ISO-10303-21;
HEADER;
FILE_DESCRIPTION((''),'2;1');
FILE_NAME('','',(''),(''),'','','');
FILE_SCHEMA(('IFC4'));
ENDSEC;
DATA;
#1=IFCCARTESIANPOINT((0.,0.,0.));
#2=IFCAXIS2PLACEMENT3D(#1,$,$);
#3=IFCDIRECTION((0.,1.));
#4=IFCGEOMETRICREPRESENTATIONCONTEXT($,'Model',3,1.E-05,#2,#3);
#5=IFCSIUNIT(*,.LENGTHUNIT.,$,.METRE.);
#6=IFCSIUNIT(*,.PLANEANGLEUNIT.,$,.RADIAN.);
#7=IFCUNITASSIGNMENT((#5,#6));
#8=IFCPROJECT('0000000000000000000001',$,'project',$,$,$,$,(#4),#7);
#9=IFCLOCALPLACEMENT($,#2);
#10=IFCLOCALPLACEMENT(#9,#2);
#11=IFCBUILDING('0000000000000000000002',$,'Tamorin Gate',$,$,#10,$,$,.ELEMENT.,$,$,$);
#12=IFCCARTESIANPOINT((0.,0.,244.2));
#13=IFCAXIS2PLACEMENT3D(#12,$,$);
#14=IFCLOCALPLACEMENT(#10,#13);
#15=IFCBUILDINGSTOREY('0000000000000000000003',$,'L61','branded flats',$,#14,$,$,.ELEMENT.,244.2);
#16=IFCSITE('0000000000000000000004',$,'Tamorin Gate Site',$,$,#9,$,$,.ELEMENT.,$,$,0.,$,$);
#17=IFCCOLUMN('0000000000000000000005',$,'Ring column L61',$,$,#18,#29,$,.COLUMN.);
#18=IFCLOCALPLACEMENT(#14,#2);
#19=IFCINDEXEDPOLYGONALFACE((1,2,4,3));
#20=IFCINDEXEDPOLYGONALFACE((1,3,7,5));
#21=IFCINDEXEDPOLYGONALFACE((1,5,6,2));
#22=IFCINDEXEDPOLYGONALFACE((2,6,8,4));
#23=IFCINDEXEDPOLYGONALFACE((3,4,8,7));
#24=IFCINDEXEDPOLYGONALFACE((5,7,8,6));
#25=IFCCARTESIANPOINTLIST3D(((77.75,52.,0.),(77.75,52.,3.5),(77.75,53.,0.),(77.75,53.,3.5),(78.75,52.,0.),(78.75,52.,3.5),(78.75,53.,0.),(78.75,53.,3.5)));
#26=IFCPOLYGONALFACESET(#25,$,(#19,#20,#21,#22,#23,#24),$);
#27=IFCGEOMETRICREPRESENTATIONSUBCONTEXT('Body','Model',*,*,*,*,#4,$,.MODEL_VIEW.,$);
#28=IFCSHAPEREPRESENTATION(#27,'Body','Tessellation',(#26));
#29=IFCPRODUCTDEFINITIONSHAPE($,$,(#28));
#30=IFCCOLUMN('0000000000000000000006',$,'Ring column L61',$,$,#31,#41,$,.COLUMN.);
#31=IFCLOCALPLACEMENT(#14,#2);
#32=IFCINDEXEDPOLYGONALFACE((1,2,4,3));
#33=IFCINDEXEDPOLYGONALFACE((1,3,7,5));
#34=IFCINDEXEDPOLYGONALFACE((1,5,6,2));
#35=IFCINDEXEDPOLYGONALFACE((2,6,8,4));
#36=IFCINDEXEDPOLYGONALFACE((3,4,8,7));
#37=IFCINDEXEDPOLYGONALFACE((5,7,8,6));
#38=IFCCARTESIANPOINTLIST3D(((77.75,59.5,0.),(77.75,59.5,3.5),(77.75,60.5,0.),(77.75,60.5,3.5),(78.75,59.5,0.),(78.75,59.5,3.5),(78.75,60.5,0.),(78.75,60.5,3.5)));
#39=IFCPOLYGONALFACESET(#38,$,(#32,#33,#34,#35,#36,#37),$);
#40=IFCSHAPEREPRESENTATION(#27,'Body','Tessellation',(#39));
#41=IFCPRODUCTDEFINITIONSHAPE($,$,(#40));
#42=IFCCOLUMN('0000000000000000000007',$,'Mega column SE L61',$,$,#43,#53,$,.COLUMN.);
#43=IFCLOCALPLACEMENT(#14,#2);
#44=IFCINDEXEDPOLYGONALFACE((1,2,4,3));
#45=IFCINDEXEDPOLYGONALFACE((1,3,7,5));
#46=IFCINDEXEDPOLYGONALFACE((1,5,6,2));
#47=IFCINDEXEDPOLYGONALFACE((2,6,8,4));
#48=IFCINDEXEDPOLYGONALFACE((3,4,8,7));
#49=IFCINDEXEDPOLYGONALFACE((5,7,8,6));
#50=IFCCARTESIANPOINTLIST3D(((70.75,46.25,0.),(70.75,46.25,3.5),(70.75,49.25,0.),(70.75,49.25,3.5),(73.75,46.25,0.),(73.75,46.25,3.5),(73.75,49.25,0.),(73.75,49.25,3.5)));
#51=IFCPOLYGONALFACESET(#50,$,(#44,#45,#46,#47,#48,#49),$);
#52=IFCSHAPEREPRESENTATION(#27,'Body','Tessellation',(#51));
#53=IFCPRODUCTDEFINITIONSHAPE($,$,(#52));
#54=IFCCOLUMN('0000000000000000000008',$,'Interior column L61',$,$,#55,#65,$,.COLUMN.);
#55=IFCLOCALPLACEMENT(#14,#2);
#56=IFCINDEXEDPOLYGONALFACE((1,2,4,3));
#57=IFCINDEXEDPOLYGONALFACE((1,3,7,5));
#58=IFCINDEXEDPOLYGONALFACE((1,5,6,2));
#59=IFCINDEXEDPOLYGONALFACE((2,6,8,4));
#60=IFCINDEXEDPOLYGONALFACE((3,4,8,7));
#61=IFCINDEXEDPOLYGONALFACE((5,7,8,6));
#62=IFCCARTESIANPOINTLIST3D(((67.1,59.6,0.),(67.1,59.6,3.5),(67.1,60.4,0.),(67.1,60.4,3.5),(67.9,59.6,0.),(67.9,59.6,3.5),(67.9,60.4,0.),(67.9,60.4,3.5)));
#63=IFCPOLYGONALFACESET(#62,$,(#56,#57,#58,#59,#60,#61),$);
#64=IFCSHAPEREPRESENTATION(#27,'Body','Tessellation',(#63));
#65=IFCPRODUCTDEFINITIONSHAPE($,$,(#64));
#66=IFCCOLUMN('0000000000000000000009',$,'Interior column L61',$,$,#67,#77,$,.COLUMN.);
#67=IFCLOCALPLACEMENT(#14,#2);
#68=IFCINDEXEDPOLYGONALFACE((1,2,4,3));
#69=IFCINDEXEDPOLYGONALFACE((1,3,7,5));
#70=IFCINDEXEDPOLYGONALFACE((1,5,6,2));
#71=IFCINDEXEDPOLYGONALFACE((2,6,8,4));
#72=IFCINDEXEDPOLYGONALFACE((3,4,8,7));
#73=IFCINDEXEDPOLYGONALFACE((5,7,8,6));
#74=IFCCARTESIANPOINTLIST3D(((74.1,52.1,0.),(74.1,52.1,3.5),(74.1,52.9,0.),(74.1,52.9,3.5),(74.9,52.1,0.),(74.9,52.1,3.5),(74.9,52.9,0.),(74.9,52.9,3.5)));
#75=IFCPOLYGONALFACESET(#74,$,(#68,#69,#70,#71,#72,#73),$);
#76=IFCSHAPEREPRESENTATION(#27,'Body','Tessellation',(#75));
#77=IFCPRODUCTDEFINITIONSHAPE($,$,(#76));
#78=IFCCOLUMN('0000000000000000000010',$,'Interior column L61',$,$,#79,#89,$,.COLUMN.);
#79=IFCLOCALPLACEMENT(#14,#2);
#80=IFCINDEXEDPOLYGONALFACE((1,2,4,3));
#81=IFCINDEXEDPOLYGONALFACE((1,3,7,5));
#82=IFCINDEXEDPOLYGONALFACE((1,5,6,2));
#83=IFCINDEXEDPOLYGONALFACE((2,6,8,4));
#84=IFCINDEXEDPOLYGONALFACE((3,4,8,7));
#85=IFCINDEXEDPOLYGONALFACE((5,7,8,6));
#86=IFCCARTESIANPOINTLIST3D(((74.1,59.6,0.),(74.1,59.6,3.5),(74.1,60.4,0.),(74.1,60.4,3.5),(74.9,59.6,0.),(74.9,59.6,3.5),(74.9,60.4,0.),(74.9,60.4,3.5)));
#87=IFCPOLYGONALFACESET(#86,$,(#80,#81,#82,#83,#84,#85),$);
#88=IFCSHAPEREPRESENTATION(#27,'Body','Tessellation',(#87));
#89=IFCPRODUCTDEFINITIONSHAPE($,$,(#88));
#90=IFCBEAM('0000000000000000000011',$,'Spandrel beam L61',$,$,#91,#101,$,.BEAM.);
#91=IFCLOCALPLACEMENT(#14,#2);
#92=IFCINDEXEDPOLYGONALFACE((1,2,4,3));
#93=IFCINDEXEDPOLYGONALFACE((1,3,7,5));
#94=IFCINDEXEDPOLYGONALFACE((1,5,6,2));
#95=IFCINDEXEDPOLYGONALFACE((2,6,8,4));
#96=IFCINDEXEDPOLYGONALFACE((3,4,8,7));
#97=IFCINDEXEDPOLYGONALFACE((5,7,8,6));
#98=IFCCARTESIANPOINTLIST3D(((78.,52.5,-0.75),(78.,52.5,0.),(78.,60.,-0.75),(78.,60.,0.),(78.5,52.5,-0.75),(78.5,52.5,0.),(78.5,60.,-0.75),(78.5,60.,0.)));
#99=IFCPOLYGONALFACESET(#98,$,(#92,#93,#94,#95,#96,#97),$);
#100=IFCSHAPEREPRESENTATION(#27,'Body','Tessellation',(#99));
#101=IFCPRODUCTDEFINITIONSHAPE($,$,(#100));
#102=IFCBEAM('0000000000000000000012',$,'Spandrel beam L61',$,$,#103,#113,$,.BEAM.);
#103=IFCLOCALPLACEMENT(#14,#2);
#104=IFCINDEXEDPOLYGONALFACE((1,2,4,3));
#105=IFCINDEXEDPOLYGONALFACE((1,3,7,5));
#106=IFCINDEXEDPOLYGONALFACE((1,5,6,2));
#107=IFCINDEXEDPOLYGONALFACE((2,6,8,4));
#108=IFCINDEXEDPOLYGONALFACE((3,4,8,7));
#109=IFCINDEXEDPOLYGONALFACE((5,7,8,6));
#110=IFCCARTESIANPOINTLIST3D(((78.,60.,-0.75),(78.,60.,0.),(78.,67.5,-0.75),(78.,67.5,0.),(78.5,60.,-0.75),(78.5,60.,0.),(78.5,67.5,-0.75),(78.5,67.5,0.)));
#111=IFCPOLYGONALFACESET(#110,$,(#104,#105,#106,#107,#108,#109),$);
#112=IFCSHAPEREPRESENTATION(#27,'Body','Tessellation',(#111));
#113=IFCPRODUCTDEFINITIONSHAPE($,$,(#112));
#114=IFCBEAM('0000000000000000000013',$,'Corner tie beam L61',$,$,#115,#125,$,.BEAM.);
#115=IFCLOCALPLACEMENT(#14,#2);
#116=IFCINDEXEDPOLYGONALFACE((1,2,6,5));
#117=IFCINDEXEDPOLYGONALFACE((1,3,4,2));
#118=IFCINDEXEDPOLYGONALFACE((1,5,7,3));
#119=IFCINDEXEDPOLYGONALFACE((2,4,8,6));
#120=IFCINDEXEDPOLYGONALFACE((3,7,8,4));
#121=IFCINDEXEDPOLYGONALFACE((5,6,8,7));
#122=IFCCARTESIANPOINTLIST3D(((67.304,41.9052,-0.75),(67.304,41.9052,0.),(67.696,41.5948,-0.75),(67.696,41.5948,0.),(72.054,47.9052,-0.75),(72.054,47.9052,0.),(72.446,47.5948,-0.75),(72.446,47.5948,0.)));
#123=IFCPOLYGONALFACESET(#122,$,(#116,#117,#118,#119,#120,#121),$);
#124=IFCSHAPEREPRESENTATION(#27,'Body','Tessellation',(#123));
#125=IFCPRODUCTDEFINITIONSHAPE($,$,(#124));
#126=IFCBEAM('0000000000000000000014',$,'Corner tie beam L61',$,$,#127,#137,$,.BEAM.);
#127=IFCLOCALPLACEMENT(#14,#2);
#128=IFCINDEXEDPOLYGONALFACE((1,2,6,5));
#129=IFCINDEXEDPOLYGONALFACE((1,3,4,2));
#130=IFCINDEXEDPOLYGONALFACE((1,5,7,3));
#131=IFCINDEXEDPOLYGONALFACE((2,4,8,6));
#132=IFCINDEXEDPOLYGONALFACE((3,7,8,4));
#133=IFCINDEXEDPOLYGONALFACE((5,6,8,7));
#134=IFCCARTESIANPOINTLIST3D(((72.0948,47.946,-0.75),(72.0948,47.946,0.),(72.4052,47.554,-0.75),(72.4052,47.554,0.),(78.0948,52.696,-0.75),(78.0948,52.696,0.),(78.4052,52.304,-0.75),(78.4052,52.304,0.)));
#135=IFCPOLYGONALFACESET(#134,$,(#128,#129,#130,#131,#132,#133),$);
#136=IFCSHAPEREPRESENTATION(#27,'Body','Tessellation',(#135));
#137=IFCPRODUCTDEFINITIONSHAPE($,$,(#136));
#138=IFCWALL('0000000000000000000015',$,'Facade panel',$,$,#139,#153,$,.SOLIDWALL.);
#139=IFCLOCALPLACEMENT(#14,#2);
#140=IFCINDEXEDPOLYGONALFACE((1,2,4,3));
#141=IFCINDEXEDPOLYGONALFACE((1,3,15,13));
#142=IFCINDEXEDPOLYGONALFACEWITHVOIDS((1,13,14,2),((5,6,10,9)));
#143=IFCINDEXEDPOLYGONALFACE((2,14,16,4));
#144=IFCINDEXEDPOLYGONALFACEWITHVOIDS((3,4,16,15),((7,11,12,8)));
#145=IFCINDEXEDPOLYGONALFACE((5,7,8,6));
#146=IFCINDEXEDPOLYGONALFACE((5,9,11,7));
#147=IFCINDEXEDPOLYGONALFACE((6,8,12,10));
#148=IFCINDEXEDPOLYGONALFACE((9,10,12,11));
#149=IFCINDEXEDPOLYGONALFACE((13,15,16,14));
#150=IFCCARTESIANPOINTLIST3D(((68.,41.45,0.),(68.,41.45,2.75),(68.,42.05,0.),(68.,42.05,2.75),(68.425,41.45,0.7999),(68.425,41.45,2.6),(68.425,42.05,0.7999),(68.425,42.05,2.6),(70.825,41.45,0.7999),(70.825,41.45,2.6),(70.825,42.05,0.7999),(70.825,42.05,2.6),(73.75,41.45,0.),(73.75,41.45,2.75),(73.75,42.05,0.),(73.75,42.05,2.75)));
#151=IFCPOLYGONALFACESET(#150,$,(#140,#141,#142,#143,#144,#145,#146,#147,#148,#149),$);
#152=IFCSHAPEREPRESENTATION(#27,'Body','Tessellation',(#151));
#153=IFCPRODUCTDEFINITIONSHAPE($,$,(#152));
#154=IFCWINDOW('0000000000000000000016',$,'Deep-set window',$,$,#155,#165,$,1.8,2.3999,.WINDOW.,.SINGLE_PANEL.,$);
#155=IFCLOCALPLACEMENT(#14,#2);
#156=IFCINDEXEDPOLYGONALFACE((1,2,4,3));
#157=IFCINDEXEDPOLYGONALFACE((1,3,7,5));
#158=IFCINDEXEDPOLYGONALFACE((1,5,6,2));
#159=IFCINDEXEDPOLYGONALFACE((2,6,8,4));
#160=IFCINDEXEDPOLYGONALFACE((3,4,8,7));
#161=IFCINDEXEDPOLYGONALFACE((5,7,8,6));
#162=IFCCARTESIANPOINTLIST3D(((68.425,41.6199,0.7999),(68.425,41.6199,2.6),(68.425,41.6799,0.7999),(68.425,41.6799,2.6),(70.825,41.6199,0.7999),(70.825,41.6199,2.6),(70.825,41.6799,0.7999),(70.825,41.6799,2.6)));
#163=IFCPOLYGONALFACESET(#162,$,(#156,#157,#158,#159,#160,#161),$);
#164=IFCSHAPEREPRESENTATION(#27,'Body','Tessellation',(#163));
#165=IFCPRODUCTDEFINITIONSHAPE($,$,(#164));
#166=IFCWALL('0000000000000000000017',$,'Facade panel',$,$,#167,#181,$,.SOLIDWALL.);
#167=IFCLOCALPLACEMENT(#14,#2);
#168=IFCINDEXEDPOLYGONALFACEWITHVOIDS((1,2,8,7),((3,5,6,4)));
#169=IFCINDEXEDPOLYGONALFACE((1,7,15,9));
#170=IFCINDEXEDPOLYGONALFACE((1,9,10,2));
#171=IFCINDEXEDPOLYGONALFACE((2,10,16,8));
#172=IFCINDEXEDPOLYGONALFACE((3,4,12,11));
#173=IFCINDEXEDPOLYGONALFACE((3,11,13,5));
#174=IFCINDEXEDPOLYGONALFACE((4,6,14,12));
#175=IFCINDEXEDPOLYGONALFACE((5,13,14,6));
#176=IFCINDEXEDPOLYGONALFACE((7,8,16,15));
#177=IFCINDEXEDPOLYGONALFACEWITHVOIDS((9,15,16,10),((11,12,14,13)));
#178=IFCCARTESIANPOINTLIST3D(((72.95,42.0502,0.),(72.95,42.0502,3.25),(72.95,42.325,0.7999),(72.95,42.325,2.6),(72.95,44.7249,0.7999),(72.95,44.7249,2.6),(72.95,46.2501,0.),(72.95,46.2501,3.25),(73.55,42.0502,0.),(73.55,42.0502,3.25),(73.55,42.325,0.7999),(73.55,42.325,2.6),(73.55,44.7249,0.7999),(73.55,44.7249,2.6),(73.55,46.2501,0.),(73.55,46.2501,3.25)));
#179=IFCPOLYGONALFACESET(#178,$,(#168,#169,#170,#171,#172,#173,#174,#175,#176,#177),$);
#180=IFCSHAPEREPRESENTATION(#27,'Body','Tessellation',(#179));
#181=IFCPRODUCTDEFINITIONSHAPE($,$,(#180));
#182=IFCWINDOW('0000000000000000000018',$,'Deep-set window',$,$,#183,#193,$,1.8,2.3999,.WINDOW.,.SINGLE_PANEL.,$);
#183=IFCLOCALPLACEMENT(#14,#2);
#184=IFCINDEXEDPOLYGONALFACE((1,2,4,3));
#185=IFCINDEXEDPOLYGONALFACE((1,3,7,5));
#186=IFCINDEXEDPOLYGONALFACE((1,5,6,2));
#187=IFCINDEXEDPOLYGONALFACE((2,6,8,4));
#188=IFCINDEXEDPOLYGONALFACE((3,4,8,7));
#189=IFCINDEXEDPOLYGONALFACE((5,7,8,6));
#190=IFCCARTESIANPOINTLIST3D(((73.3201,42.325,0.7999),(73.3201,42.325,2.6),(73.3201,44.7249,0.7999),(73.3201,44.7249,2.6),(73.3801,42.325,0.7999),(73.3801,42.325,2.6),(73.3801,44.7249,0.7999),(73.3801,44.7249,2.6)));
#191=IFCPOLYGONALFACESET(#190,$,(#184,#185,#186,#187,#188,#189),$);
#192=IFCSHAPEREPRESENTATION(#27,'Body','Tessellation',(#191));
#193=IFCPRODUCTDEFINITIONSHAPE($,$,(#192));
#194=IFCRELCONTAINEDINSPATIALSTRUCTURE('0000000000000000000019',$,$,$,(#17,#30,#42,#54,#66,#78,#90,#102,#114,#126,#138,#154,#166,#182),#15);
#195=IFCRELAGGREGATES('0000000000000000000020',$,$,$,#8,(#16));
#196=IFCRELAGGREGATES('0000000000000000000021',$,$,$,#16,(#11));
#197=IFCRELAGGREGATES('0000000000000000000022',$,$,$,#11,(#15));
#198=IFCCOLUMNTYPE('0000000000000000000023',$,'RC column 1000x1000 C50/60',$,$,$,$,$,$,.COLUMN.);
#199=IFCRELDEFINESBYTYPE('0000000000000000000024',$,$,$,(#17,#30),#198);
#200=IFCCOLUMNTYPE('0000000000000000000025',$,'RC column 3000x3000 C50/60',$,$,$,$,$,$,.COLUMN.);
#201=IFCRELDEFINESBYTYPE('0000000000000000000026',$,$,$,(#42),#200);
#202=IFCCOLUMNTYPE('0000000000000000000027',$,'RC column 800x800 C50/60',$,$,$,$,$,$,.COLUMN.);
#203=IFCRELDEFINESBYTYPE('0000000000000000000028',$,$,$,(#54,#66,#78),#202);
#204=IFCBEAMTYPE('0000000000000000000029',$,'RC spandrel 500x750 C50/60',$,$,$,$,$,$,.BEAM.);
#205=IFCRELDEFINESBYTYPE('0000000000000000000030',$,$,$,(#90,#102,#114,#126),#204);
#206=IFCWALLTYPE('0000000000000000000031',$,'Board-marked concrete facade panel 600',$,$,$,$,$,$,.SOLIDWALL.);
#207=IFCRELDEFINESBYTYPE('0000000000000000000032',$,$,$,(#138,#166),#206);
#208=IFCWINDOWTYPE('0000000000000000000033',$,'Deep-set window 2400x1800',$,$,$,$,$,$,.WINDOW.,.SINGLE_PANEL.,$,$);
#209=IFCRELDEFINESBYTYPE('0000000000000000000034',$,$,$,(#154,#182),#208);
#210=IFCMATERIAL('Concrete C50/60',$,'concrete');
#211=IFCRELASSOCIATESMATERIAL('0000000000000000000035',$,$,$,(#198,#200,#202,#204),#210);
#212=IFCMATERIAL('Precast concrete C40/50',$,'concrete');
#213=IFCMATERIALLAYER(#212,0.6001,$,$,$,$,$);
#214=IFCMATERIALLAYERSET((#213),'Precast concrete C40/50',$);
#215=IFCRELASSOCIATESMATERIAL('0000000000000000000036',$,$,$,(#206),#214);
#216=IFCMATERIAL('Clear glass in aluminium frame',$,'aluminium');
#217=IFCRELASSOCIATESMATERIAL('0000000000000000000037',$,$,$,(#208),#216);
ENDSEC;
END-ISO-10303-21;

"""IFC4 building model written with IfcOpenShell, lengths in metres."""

from ifc_helpers import new_model, si_unit, direction, frame, frame_2d, origin, origin_2d, place, context, subcontext, project, spatial, rectangle, extrude, material, layer, layer_set, material_profile, profile_set, type_object, element, fill, save


model = new_model("IFC4")

# Units and contexts
model_context = context("Model", 3, precision=1e-05, world=origin(), true_north=direction((0.0, 1.0)))
body_context = subcontext(model_context, "Body", "Model", "MODEL_VIEW")
ifc_project = project(units=[si_unit("LENGTHUNIT", "METRE"), si_unit("PLANEANGLEUNIT", "RADIAN")], contexts=[model_context])

# Site, building, storey
site_placement = place(None, origin())
site = spatial("IfcSite", under=ifc_project, at=site_placement, Name="Tamorin Gate Site", CompositionType="ELEMENT", RefElevation=0.0)
building_placement = place(site_placement, origin())
building = spatial("IfcBuilding", under=site, at=building_placement, Name="Tamorin Gate", CompositionType="ELEMENT")
storey_placement = place(building_placement, frame((0.0, 0.0, 244.2)))
storey = spatial("IfcBuildingStorey", under=building, at=storey_placement, Name="L61", Description="branded flats", CompositionType="ELEMENT", Elevation=244.2)

# Columns
ifc_material_1 = material(Name="Concrete C50/60", Category="concrete")
ifc_material_profile_1 = material_profile(ifc_material_1, rectangle(XDim=1.0, YDim=1.0, at=origin_2d()), Name="RC 1000x1000")
ifc_profile_set_1 = profile_set([ifc_material_profile_1], Name="Concrete C50/60")
column_type_1 = type_object("IfcColumnType", Name="RC column 1000x1000 C50/60", PredefinedType="COLUMN", material=ifc_profile_set_1)
for number, where, z_axis, x_axis, name in (
    (1, (78.25, 52.5, 0.0), (0.0, 0.0, 1.0), (1.0, 0.0, 0.0), "Ring column L61"),
    (2, (78.25, 60.0, 0.0), (0.0, 0.0, 1.0), (1.0, 0.0, 0.0), "Ring column L61"),
):
    element("IfcColumn", number, at=place(storey_placement, frame(where, z_axis=z_axis, x_axis=x_axis)), inside=storey, type_object=column_type_1, Name=name, PredefinedType="COLUMN", context=body_context, shape_type="SweptSolid", body=[
        extrude(rectangle(XDim=1.0, YDim=1.0, at=origin_2d()), origin(), (0.0, 0.0, 1.0), 3.5),
    ])
ifc_material_profile_2 = material_profile(ifc_material_1, rectangle(XDim=3.0, YDim=3.0, at=origin_2d()), Name="RC 3000x3000")
ifc_profile_set_2 = profile_set([ifc_material_profile_2], Name="Concrete C50/60")
column_type_2 = type_object("IfcColumnType", Name="RC column 3000x3000 C50/60", PredefinedType="COLUMN", material=ifc_profile_set_2)
column_placement = place(storey_placement, frame((72.25, 47.75, 0.0), z_axis=(0.0, 0.0, 1.0), x_axis=(1.0, 0.0, 0.0)))
element("IfcColumn", 3, at=column_placement, inside=storey, type_object=column_type_2, Name="Mega column SE L61", PredefinedType="COLUMN", context=body_context, shape_type="SweptSolid", body=[
    extrude(rectangle(XDim=3.0, YDim=3.0, at=origin_2d()), origin(), (0.0, 0.0, 1.0), 3.5),
])
ifc_material_profile_3 = material_profile(ifc_material_1, rectangle(XDim=0.8, YDim=0.8, at=origin_2d()), Name="RC 800x800")
ifc_profile_set_3 = profile_set([ifc_material_profile_3], Name="Concrete C50/60")
column_type_3 = type_object("IfcColumnType", Name="RC column 800x800 C50/60", PredefinedType="COLUMN", material=ifc_profile_set_3)
for number, where, z_axis, x_axis, name in (
    (4, (67.5, 60.0, 0.0), (0.0, 0.0, 1.0), (1.0, 0.0, 0.0), "Interior column L61"),
    (5, (74.5, 52.5, 0.0), (0.0, 0.0, 1.0), (1.0, 0.0, 0.0), "Interior column L61"),
    (6, (74.5, 60.0, 0.0), (0.0, 0.0, 1.0), (1.0, 0.0, 0.0), "Interior column L61"),
):
    element("IfcColumn", number, at=place(storey_placement, frame(where, z_axis=z_axis, x_axis=x_axis)), inside=storey, type_object=column_type_3, Name=name, PredefinedType="COLUMN", context=body_context, shape_type="SweptSolid", body=[
        extrude(rectangle(XDim=0.8, YDim=0.8, at=origin_2d()), origin(), (0.0, 0.0, 1.0), 3.5),
    ])

# Beams
ifc_material_profile_4 = material_profile(ifc_material_1, rectangle(XDim=0.5, YDim=0.75, at=origin_2d()), Name="RC 500x750")
ifc_profile_set_4 = profile_set([ifc_material_profile_4], Name="Concrete C50/60")
beam_type = type_object("IfcBeamType", Name="RC spandrel 500x750 C50/60", PredefinedType="BEAM", material=ifc_profile_set_4)
for number, where, z_axis, x_axis, name in (
    (7, (78.25, 52.5, -0.375), (0.0, 1.0, 0.0), (-1.0, 0.0, 0.0), "Spandrel beam L61"),
    (8, (78.25, 60.0, -0.375), (0.0, 1.0, 0.0), (-1.0, 0.0, 0.0), "Spandrel beam L61"),
):
    element("IfcBeam", number, at=place(storey_placement, frame(where, z_axis=z_axis, x_axis=x_axis)), inside=storey, type_object=beam_type, Name=name, PredefinedType="BEAM", context=body_context, shape_type="SweptSolid", body=[
        extrude(rectangle(XDim=0.5, YDim=0.75, at=origin_2d()), origin(), (0.0, 0.0, 1.0), 7.5),
    ])
for number, where, z_axis, x_axis, name in (
    (9, (72.25, 47.75, -0.375), (-0.620703, -0.784046, 0.0), (0.784046, -0.620703, 0.0), "Corner tie beam L61"),
    (10, (72.25, 47.75, -0.375), (0.784046, 0.620703, 0.0), (-0.620703, 0.784046, 0.0), "Corner tie beam L61"),
):
    element("IfcBeam", number, at=place(storey_placement, frame(where, z_axis=z_axis, x_axis=x_axis)), inside=storey, type_object=beam_type, Name=name, PredefinedType="BEAM", context=body_context, shape_type="SweptSolid", body=[
        extrude(rectangle(XDim=0.5, YDim=0.75, at=origin_2d()), origin(), (0.0, 0.0, 1.0), 7.6526),
    ])

# Walls, openings, windows
ifc_material_2 = material(Name="Precast concrete C40/50", Category="concrete")
ifc_layer = layer(ifc_material_2, 0.6001)
ifc_layer_set = layer_set([ifc_layer], Name="Precast concrete C40/50")
wall_type = type_object("IfcWallType", Name="Board-marked concrete facade panel 600", PredefinedType="SOLIDWALL", material=ifc_layer_set)
wall_1_placement = place(storey_placement, frame((68.0, 41.75, 0.0), z_axis=(0.0, 0.0, 1.0), x_axis=(1.0, 0.0, 0.0)))
wall_1 = element("IfcWall", 11, at=wall_1_placement, inside=storey, type_object=wall_type, Name="Facade panel", PredefinedType="SOLIDWALL", context=body_context, shape_type="SweptSolid", body=[
    extrude(rectangle(XDim=5.75, YDim=0.6001, at=frame_2d((2.875, 0.0))), origin(), (0.0, 0.0, 1.0), 2.75),
])
opening_1_placement = place(wall_1_placement, frame((0.425, 0.0, 0.8)))
opening_1 = element("IfcOpeningElement", 12, at=opening_1_placement, cuts=wall_1, PredefinedType="OPENING", context=body_context, shape_type="SweptSolid", body=[
    extrude(rectangle(XDim=2.3999, YDim=1.8, at=frame_2d((1.2, 0.8999))), frame((0.0, 0.3101, 0.0), z_axis=(0.0, -1.0, 0.0), x_axis=(1.0, 0.0, 0.0)), (0.0, 0.0, 1.0), 0.6201),
])
ifc_material_3 = material(Name="Clear glass in aluminium frame", Category="aluminium")
window_type = type_object("IfcWindowType", Name="Deep-set window 2400x1800", PartitioningType="SINGLE_PANEL", PredefinedType="WINDOW", material=ifc_material_3)
window_1_placement = place(opening_1_placement, origin())
window_1 = element("IfcWindow", 13, at=window_1_placement, inside=storey, type_object=window_type, Name="Deep-set window", OverallHeight=1.8, OverallWidth=2.3999, PartitioningType="SINGLE_PANEL", PredefinedType="WINDOW", context=body_context, shape_type="SweptSolid", body=[
    extrude(rectangle(XDim=2.3999, YDim=1.8, at=frame_2d((1.2, 0.8999))), frame((0.0, -0.0701, 0.0), z_axis=(0.0, -1.0, 0.0), x_axis=(1.0, 0.0, 0.0)), (0.0, 0.0, 1.0), 0.0601),
])
fill(opening_1, window_1)
wall_2_placement = place(storey_placement, frame((73.25, 42.05, 0.0), z_axis=(0.0, 0.0, 1.0), x_axis=(0.0, 1.0, 0.0)))
wall_2 = element("IfcWall", 14, at=wall_2_placement, inside=storey, type_object=wall_type, Name="Facade panel", PredefinedType="SOLIDWALL", context=body_context, shape_type="SweptSolid", body=[
    extrude(rectangle(XDim=4.2, YDim=0.6001, at=frame_2d((2.1001, 0.0))), origin(), (0.0, 0.0, 1.0), 3.25),
])
opening_2_placement = place(wall_2_placement, frame((0.2749, 0.0, 0.8)))
opening_2 = element("IfcOpeningElement", 15, at=opening_2_placement, cuts=wall_2, PredefinedType="OPENING", context=body_context, shape_type="SweptSolid", body=[
    extrude(rectangle(XDim=2.3999, YDim=1.8, at=frame_2d((1.2, 0.8999))), frame((0.0, 0.3101, 0.0), z_axis=(0.0, -1.0, 0.0), x_axis=(1.0, 0.0, 0.0)), (0.0, 0.0, 1.0), 0.6201),
])
window_2_placement = place(opening_2_placement, origin())
window_2 = element("IfcWindow", 16, at=window_2_placement, inside=storey, type_object=window_type, Name="Deep-set window", OverallHeight=1.8, OverallWidth=2.3999, PartitioningType="SINGLE_PANEL", PredefinedType="WINDOW", context=body_context, shape_type="SweptSolid", body=[
    extrude(rectangle(XDim=2.3999, YDim=1.8, at=frame_2d((1.2, 0.8999))), frame((0.0, -0.0701, 0.0), z_axis=(0.0, -1.0, 0.0), x_axis=(1.0, 0.0, 0.0)), (0.0, 0.0, 1.0), 0.0601),
])
fill(opening_2, window_2)

save(model, "model.ifc")
